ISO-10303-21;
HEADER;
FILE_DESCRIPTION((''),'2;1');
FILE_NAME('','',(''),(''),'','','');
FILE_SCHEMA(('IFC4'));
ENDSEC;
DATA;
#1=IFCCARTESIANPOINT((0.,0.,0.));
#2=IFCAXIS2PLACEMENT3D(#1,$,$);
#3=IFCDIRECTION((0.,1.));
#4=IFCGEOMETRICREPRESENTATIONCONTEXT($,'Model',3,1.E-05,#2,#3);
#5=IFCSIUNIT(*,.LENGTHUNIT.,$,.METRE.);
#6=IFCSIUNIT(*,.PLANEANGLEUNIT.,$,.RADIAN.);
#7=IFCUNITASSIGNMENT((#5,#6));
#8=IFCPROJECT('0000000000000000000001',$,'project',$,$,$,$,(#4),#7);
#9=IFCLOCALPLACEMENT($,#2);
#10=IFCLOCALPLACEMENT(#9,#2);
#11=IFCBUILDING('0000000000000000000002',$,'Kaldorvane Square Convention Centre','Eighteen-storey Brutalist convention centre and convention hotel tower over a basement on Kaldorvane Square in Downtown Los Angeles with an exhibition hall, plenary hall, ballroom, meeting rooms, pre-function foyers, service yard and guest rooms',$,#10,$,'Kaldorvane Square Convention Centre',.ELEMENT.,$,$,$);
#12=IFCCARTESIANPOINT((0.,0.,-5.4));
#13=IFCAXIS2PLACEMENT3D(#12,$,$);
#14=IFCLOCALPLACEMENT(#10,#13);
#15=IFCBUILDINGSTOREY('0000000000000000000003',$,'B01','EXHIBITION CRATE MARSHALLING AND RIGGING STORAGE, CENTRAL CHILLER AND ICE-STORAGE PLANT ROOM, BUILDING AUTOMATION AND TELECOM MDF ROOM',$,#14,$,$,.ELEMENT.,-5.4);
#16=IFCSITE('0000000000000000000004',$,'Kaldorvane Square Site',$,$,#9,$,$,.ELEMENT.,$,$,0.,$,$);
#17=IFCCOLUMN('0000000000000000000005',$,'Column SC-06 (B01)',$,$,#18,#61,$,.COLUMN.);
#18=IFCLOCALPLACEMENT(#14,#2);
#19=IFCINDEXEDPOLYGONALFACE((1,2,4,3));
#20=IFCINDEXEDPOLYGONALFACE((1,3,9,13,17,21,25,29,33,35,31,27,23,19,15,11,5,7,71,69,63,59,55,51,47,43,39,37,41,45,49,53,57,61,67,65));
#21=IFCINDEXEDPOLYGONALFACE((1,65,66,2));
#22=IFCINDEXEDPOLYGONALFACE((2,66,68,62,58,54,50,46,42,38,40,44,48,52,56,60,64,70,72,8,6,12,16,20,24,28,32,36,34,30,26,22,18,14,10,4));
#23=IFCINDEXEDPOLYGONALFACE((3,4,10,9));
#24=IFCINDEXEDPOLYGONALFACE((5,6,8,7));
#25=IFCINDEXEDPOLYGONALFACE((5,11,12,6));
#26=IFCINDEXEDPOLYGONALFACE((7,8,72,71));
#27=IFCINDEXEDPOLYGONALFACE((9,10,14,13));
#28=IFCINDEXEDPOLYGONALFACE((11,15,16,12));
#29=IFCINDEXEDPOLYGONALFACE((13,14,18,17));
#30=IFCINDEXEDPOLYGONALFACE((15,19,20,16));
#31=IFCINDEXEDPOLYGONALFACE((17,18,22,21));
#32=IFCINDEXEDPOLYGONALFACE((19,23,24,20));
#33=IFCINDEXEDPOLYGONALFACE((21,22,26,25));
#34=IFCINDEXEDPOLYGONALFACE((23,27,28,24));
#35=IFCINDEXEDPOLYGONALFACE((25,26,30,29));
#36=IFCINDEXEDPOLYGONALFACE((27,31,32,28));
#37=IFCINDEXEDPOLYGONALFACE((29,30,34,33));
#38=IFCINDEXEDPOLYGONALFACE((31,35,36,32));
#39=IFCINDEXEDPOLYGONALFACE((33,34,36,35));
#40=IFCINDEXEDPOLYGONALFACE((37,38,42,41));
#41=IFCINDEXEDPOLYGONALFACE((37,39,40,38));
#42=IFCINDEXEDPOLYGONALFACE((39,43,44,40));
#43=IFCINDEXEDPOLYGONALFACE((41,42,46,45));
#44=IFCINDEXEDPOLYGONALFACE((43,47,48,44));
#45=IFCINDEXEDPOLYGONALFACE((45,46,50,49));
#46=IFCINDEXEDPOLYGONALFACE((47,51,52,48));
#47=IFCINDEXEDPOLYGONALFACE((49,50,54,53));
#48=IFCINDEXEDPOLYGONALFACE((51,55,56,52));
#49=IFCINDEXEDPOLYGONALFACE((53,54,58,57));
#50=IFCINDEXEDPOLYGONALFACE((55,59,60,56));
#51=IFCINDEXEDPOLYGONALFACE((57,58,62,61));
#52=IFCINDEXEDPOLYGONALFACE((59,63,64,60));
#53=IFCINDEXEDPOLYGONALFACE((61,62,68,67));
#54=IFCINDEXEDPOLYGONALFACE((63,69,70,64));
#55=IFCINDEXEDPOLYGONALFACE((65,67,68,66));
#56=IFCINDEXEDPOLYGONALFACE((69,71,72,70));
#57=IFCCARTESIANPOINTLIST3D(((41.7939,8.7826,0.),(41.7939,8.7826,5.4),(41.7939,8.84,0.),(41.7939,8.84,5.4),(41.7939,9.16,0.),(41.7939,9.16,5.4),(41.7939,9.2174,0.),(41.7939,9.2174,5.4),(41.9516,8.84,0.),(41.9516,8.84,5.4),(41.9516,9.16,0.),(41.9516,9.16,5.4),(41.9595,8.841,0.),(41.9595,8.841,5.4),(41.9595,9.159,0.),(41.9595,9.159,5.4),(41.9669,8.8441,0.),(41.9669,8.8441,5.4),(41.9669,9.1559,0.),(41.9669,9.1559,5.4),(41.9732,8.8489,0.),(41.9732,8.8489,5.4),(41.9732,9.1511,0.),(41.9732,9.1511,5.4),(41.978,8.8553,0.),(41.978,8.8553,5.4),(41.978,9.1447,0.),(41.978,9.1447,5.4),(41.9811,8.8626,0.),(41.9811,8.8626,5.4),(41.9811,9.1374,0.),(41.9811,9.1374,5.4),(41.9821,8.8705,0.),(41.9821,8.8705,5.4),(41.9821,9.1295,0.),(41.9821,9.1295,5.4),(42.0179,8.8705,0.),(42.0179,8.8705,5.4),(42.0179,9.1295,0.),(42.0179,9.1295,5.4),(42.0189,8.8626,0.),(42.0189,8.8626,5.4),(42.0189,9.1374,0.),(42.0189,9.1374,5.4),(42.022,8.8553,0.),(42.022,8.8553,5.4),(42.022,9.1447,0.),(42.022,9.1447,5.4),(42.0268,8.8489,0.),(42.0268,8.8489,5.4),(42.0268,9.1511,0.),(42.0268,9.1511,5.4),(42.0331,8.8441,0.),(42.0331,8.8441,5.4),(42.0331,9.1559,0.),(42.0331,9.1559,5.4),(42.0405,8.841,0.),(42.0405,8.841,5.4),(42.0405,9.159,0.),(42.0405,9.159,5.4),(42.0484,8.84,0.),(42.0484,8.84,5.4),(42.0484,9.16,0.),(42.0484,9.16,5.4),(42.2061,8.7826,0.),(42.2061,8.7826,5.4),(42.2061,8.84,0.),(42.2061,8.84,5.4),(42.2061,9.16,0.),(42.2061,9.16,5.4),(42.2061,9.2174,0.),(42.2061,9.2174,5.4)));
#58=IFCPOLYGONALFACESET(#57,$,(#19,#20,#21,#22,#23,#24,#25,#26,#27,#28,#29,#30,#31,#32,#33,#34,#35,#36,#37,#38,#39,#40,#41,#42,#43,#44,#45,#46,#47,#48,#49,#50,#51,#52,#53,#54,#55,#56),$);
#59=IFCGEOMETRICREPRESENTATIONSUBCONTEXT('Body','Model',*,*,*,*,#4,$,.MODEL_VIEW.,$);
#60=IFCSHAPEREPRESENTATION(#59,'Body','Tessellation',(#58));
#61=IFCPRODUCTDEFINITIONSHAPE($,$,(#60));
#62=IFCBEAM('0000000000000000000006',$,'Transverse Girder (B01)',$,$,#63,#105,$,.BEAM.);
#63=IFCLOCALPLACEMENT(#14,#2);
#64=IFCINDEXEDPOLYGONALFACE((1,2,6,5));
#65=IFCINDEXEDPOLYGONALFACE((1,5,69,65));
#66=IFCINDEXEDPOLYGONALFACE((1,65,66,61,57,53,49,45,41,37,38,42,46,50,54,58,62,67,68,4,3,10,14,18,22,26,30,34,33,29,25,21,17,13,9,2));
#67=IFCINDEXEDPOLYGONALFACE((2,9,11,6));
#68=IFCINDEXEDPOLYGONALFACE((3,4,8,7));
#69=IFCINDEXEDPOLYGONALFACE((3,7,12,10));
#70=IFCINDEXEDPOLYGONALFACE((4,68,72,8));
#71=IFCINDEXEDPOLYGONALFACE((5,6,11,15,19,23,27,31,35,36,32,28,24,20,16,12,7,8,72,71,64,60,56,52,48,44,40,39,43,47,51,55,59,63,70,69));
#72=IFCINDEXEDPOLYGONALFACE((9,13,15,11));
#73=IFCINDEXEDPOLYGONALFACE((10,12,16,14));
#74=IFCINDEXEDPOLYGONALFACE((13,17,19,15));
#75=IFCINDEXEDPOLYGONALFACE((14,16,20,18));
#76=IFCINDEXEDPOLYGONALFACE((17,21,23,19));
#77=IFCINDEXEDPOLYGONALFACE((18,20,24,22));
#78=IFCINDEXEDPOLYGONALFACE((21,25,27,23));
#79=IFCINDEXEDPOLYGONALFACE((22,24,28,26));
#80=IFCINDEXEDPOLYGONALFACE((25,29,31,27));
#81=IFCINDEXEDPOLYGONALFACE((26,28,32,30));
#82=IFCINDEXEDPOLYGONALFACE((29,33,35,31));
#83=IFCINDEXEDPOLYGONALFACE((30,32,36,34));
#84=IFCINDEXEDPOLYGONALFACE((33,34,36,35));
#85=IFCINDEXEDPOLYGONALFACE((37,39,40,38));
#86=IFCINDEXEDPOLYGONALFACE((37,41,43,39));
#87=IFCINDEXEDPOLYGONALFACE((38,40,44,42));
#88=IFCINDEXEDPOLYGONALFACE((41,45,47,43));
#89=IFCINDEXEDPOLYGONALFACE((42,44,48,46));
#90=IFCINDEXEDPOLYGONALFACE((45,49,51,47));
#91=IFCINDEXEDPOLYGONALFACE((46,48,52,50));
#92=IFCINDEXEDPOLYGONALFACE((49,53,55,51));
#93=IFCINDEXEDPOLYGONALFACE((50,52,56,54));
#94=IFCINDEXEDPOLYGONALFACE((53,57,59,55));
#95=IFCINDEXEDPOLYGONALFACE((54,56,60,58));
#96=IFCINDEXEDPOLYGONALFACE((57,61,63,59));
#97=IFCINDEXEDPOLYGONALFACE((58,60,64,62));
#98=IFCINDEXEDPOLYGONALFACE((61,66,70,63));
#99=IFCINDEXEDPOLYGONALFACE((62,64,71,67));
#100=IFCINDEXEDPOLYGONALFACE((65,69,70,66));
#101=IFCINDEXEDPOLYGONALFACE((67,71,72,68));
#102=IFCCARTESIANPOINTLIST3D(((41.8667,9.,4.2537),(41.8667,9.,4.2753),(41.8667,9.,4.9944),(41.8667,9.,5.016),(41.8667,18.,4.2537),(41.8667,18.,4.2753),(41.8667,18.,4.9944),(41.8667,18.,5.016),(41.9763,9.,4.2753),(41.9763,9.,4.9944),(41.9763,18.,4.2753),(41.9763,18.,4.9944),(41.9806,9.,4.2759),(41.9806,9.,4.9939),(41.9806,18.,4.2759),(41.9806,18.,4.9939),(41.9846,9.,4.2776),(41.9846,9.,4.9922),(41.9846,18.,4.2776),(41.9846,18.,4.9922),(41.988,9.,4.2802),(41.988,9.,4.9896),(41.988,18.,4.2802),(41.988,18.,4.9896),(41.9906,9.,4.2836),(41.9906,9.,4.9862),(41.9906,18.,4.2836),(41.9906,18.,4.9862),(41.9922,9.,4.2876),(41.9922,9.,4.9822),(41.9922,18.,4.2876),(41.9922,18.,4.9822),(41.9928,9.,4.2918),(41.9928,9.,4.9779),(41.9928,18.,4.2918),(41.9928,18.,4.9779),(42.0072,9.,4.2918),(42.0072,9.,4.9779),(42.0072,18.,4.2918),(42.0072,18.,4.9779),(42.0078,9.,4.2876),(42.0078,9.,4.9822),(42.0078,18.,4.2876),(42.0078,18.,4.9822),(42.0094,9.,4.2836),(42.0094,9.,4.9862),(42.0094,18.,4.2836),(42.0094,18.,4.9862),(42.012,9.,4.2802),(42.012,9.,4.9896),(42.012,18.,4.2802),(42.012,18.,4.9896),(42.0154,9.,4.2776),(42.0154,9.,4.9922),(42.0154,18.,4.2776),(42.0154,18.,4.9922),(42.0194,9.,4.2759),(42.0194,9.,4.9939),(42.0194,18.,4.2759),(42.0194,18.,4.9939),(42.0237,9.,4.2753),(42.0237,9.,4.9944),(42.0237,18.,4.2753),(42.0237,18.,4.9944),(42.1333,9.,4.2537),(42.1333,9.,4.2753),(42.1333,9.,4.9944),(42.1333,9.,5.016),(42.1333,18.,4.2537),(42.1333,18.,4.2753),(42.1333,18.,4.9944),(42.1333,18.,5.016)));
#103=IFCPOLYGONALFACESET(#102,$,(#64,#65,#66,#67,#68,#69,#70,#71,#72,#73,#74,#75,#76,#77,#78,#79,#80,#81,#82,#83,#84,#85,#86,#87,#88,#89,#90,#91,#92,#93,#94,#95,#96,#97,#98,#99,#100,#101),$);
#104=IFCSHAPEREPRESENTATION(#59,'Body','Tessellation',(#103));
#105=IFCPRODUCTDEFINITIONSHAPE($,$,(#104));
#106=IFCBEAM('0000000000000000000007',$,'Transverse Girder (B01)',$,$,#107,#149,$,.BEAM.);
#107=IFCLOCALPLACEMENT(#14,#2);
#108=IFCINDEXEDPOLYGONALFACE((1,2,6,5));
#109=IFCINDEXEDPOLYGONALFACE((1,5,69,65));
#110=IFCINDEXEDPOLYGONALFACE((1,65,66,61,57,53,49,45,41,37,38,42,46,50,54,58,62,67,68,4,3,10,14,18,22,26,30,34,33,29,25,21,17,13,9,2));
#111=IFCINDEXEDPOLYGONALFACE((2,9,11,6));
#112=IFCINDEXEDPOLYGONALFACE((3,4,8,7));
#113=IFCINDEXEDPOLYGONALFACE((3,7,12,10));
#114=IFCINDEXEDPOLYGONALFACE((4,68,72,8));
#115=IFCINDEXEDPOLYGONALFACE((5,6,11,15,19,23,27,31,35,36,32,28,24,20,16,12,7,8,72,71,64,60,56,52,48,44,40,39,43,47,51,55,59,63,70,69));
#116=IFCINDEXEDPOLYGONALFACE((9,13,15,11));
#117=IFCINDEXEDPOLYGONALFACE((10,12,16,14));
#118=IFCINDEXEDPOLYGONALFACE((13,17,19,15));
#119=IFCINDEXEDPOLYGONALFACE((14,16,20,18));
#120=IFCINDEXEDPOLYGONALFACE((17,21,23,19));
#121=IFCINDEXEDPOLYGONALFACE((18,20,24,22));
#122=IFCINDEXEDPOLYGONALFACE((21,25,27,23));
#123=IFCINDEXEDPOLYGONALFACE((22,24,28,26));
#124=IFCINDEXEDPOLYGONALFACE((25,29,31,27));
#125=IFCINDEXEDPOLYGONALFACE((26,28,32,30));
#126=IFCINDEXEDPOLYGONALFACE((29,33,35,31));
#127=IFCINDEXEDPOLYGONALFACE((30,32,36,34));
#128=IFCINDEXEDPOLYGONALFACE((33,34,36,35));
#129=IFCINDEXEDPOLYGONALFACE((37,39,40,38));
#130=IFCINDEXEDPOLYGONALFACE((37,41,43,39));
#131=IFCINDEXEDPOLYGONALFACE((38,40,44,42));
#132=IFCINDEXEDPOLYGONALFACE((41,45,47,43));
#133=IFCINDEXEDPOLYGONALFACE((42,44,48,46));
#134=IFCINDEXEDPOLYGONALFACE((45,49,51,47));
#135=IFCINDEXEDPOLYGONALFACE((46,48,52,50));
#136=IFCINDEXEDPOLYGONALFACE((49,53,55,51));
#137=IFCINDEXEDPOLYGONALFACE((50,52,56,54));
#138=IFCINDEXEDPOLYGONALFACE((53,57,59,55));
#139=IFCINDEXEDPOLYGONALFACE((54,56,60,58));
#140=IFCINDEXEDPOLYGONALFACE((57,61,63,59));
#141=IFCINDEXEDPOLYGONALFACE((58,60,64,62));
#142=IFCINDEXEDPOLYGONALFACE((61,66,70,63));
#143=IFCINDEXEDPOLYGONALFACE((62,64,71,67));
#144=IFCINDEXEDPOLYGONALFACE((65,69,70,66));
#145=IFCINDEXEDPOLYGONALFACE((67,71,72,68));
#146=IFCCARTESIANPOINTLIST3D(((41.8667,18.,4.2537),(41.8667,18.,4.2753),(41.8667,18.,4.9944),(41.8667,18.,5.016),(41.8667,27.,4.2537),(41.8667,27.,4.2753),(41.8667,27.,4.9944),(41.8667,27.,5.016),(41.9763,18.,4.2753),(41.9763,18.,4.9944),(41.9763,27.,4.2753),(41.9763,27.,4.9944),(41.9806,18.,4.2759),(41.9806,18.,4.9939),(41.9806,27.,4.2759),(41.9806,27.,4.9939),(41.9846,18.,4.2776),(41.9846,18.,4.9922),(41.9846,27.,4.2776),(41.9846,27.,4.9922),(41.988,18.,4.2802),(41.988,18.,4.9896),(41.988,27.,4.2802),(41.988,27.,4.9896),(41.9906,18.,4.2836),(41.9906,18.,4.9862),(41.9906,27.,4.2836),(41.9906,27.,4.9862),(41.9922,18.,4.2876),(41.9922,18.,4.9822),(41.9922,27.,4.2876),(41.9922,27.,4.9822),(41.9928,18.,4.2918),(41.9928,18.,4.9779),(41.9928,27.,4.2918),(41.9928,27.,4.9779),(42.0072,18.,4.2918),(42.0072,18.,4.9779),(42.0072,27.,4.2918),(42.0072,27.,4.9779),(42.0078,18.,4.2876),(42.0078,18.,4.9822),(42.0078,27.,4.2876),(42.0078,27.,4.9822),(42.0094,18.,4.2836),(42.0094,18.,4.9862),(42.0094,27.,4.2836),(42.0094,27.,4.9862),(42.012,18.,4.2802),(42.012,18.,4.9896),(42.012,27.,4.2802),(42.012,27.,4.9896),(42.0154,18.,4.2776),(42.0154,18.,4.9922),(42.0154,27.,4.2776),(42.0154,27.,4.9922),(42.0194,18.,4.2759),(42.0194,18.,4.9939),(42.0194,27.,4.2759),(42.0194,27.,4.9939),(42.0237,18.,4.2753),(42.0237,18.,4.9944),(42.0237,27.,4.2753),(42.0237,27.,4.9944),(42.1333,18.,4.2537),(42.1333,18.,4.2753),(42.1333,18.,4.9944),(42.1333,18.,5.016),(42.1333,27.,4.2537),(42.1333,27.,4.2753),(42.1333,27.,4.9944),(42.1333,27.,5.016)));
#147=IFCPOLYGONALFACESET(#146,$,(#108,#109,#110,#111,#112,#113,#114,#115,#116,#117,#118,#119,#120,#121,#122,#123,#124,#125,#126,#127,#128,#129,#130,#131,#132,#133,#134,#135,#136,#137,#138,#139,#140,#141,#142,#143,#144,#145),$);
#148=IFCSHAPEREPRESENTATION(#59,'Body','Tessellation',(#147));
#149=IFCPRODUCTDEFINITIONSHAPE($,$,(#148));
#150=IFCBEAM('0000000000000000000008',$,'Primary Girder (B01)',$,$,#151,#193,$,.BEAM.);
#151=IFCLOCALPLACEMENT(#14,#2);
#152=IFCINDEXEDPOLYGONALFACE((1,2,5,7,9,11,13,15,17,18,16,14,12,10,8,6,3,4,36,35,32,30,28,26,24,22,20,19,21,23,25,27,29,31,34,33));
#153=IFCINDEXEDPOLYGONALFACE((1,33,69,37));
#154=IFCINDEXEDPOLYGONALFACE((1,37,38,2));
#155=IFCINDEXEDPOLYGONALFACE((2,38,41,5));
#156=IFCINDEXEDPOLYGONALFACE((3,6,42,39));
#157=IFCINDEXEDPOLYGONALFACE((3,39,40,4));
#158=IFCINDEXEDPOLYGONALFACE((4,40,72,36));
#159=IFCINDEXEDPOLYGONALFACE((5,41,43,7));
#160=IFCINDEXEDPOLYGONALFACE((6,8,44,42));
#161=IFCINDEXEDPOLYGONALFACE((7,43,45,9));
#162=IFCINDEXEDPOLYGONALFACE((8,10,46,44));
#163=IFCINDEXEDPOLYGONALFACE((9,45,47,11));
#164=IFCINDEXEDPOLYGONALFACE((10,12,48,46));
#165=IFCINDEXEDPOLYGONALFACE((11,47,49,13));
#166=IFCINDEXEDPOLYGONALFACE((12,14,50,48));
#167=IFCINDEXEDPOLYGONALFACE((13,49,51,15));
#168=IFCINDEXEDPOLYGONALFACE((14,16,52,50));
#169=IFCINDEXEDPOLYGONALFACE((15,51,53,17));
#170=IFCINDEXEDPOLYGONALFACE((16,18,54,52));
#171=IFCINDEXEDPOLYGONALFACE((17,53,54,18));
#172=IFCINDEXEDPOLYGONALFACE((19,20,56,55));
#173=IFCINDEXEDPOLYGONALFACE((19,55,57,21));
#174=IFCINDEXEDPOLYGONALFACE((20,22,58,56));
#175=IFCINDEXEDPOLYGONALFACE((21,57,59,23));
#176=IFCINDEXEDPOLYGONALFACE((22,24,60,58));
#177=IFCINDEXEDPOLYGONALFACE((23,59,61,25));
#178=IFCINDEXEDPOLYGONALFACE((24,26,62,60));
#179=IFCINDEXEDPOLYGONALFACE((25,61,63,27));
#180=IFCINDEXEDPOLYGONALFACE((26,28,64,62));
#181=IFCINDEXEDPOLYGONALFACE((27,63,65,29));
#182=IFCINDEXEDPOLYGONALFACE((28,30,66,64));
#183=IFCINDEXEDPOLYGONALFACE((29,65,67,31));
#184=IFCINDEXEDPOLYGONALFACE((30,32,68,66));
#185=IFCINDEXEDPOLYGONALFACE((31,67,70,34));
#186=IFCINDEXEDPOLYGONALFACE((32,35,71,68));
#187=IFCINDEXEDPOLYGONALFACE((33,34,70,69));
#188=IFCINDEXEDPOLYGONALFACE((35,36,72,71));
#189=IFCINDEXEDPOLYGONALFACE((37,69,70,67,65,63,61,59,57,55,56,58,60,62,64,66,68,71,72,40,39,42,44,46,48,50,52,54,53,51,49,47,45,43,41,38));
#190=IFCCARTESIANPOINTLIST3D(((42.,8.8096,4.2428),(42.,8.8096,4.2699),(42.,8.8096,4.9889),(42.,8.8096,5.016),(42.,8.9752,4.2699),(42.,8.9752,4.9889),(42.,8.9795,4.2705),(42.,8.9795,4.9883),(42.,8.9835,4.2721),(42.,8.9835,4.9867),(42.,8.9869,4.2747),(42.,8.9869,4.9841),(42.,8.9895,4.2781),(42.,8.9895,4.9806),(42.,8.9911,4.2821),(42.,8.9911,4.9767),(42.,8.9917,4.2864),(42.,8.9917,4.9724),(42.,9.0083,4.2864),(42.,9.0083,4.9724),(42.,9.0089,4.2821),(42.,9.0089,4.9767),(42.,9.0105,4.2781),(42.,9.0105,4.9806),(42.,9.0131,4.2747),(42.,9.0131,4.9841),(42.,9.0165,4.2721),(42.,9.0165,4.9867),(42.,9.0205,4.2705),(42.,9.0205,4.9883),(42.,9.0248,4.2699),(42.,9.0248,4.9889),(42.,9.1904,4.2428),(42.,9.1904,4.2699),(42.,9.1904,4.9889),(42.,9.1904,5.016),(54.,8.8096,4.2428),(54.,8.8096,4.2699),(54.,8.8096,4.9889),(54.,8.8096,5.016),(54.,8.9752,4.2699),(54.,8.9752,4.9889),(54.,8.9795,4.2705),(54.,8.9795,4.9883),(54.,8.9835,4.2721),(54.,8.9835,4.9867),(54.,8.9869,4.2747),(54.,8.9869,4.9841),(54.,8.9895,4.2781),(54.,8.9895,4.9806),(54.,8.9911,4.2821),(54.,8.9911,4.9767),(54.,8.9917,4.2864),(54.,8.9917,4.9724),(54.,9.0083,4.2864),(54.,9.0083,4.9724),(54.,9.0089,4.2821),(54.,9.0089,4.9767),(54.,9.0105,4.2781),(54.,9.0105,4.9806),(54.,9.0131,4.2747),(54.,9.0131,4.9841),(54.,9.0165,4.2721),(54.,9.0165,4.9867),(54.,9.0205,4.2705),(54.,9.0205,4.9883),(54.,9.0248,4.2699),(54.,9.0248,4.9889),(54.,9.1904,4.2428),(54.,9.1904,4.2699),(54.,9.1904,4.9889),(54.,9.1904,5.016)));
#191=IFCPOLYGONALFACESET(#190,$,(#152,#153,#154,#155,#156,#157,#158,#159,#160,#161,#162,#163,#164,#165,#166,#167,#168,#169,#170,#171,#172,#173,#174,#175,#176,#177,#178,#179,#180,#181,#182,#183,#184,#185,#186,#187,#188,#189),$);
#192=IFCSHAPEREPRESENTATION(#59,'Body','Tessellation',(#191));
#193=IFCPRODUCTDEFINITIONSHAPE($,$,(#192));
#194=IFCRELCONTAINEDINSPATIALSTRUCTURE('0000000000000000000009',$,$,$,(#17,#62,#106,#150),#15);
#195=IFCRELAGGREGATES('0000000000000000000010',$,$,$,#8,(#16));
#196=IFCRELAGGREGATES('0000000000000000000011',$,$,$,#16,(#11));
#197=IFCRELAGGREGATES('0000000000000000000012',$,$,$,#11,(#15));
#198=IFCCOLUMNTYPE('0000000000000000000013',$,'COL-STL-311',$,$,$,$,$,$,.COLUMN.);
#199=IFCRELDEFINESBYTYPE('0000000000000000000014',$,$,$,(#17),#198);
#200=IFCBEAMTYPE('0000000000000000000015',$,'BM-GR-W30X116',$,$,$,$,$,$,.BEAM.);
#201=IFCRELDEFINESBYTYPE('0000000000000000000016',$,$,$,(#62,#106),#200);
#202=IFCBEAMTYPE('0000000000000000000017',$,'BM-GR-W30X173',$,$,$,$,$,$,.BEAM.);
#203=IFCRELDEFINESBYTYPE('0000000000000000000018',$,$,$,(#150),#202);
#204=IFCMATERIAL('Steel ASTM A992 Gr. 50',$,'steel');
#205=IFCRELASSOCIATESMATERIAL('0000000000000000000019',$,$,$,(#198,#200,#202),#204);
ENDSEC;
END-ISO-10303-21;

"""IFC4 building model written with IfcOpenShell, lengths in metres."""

from ifc_helpers import new_model, si_unit, direction, frame, origin, origin_2d, place, context, subcontext, project, spatial, i_section, extrude, material, material_profile, profile_set, type_object, element, save


model = new_model("IFC4")

# Units and contexts
model_context = context("Model", 3, precision=1e-05, world=origin(), true_north=direction((0.0, 1.0)))
body_context = subcontext(model_context, "Body", "Model", "MODEL_VIEW")
ifc_project = project(units=[si_unit("LENGTHUNIT", "METRE"), si_unit("PLANEANGLEUNIT", "RADIAN")], contexts=[model_context])

# Site, building, storey
site_placement = place(None, origin())
site = spatial("IfcSite", under=ifc_project, at=site_placement, Name="Kaldorvane Square Site", CompositionType="ELEMENT", RefElevation=0.0)
building_placement = place(site_placement, origin())
building = spatial("IfcBuilding", under=site, at=building_placement, Name="Kaldorvane Square Convention Centre", Description="Eighteen-storey Brutalist convention centre and convention hotel tower over a basement on Kaldorvane Square in Downtown Los Angeles with an exhibition hall, plenary hall, ballroom, meeting rooms, pre-function foyers, service yard and guest rooms", LongName="Kaldorvane Square Convention Centre", CompositionType="ELEMENT")
storey_placement = place(building_placement, frame((0.0, 0.0, -5.4)))
storey = spatial("IfcBuildingStorey", under=building, at=storey_placement, Name="B01", Description="EXHIBITION CRATE MARSHALLING AND RIGGING STORAGE, CENTRAL CHILLER AND ICE-STORAGE PLANT ROOM, BUILDING AUTOMATION AND TELECOM MDF ROOM", CompositionType="ELEMENT", Elevation=-5.4)

# Column
ifc_material_1 = material(Name="Steel ASTM A992 Gr. 50", Category="steel")
ifc_material_profile_1 = material_profile(ifc_material_1, i_section(OverallWidth=0.4122, OverallDepth=0.4348, WebThickness=0.0358, FlangeThickness=0.0574, FilletRadius=0.0305, at=origin_2d()), Name="W14X311")
ifc_profile_set_1 = profile_set([ifc_material_profile_1], Name="Steel ASTM A992 Gr. 50")
column_type_1 = type_object("IfcColumnType", Name="COL-STL-311", PredefinedType="COLUMN", material=ifc_profile_set_1)
column_1_placement = place(storey_placement, frame((42.0, 9.0, 0.0), z_axis=(0.0, 0.0, 1.0), x_axis=(1.0, 0.0, 0.0)))
element("IfcColumn", 1, at=column_1_placement, inside=storey, type_object=column_type_1, Name="Column SC-06 (B01)", PredefinedType="COLUMN", context=body_context, shape_type="SweptSolid", body=[
    extrude(i_section(OverallWidth=0.4122, OverallDepth=0.4348, WebThickness=0.0358, FlangeThickness=0.0574, FilletRadius=0.0305, at=origin_2d()), origin(), (0.0, 0.0, 1.0), 5.4),
])

# Beams
ifc_material_profile_2 = material_profile(ifc_material_1, i_section(OverallWidth=0.2666, OverallDepth=0.7623, WebThickness=0.0144, FlangeThickness=0.0216, FilletRadius=0.0165, at=origin_2d()), Name="W30X116")
ifc_profile_set_2 = profile_set([ifc_material_profile_2], Name="Steel ASTM A992 Gr. 50")
beam_type_1 = type_object("IfcBeamType", Name="BM-GR-W30X116", PredefinedType="BEAM", material=ifc_profile_set_2)
for number, where, z_axis, x_axis, name in (
    (2, (42.0, 9.0, 4.6349), (0.0, 1.0, 0.0), (-1.0, 0.0, 0.0), "Transverse Girder (B01)"),
    (3, (42.0, 18.0, 4.6349), (0.0, 1.0, 0.0), (-1.0, 0.0, 0.0), "Transverse Girder (B01)"),
):
    element("IfcBeam", number, at=place(storey_placement, frame(where, z_axis=z_axis, x_axis=x_axis)), inside=storey, type_object=beam_type_1, Name=name, PredefinedType="BEAM", context=body_context, shape_type="SweptSolid", body=[
        extrude(i_section(OverallWidth=0.2666, OverallDepth=0.7623, WebThickness=0.0144, FlangeThickness=0.0216, FilletRadius=0.0165, at=origin_2d()), origin(), (0.0, 0.0, 1.0), 9.0),
    ])
ifc_material_profile_3 = material_profile(ifc_material_1, i_section(OverallWidth=0.3807, OverallDepth=0.7732, WebThickness=0.0166, FlangeThickness=0.0271, FilletRadius=0.0165, at=origin_2d()), Name="W30X173")
ifc_profile_set_3 = profile_set([ifc_material_profile_3], Name="Steel ASTM A992 Gr. 50")
beam_type_2 = type_object("IfcBeamType", Name="BM-GR-W30X173", PredefinedType="BEAM", material=ifc_profile_set_3)
for number, where, z_axis, x_axis, name in (
    (4, (42.0, 9.0, 4.6294), (1.0, 0.0, 0.0), (0.0, 1.0, 0.0), "Primary Girder (B01)"),
):
    element("IfcBeam", number, at=place(storey_placement, frame(where, z_axis=z_axis, x_axis=x_axis)), inside=storey, type_object=beam_type_2, Name=name, PredefinedType="BEAM", context=body_context, shape_type="SweptSolid", body=[
        extrude(i_section(OverallWidth=0.3807, OverallDepth=0.7732, WebThickness=0.0166, FlangeThickness=0.0271, FilletRadius=0.0165, at=origin_2d()), origin(), (0.0, 0.0, 1.0), 12.0),
    ])

save(model, "model.ifc")
